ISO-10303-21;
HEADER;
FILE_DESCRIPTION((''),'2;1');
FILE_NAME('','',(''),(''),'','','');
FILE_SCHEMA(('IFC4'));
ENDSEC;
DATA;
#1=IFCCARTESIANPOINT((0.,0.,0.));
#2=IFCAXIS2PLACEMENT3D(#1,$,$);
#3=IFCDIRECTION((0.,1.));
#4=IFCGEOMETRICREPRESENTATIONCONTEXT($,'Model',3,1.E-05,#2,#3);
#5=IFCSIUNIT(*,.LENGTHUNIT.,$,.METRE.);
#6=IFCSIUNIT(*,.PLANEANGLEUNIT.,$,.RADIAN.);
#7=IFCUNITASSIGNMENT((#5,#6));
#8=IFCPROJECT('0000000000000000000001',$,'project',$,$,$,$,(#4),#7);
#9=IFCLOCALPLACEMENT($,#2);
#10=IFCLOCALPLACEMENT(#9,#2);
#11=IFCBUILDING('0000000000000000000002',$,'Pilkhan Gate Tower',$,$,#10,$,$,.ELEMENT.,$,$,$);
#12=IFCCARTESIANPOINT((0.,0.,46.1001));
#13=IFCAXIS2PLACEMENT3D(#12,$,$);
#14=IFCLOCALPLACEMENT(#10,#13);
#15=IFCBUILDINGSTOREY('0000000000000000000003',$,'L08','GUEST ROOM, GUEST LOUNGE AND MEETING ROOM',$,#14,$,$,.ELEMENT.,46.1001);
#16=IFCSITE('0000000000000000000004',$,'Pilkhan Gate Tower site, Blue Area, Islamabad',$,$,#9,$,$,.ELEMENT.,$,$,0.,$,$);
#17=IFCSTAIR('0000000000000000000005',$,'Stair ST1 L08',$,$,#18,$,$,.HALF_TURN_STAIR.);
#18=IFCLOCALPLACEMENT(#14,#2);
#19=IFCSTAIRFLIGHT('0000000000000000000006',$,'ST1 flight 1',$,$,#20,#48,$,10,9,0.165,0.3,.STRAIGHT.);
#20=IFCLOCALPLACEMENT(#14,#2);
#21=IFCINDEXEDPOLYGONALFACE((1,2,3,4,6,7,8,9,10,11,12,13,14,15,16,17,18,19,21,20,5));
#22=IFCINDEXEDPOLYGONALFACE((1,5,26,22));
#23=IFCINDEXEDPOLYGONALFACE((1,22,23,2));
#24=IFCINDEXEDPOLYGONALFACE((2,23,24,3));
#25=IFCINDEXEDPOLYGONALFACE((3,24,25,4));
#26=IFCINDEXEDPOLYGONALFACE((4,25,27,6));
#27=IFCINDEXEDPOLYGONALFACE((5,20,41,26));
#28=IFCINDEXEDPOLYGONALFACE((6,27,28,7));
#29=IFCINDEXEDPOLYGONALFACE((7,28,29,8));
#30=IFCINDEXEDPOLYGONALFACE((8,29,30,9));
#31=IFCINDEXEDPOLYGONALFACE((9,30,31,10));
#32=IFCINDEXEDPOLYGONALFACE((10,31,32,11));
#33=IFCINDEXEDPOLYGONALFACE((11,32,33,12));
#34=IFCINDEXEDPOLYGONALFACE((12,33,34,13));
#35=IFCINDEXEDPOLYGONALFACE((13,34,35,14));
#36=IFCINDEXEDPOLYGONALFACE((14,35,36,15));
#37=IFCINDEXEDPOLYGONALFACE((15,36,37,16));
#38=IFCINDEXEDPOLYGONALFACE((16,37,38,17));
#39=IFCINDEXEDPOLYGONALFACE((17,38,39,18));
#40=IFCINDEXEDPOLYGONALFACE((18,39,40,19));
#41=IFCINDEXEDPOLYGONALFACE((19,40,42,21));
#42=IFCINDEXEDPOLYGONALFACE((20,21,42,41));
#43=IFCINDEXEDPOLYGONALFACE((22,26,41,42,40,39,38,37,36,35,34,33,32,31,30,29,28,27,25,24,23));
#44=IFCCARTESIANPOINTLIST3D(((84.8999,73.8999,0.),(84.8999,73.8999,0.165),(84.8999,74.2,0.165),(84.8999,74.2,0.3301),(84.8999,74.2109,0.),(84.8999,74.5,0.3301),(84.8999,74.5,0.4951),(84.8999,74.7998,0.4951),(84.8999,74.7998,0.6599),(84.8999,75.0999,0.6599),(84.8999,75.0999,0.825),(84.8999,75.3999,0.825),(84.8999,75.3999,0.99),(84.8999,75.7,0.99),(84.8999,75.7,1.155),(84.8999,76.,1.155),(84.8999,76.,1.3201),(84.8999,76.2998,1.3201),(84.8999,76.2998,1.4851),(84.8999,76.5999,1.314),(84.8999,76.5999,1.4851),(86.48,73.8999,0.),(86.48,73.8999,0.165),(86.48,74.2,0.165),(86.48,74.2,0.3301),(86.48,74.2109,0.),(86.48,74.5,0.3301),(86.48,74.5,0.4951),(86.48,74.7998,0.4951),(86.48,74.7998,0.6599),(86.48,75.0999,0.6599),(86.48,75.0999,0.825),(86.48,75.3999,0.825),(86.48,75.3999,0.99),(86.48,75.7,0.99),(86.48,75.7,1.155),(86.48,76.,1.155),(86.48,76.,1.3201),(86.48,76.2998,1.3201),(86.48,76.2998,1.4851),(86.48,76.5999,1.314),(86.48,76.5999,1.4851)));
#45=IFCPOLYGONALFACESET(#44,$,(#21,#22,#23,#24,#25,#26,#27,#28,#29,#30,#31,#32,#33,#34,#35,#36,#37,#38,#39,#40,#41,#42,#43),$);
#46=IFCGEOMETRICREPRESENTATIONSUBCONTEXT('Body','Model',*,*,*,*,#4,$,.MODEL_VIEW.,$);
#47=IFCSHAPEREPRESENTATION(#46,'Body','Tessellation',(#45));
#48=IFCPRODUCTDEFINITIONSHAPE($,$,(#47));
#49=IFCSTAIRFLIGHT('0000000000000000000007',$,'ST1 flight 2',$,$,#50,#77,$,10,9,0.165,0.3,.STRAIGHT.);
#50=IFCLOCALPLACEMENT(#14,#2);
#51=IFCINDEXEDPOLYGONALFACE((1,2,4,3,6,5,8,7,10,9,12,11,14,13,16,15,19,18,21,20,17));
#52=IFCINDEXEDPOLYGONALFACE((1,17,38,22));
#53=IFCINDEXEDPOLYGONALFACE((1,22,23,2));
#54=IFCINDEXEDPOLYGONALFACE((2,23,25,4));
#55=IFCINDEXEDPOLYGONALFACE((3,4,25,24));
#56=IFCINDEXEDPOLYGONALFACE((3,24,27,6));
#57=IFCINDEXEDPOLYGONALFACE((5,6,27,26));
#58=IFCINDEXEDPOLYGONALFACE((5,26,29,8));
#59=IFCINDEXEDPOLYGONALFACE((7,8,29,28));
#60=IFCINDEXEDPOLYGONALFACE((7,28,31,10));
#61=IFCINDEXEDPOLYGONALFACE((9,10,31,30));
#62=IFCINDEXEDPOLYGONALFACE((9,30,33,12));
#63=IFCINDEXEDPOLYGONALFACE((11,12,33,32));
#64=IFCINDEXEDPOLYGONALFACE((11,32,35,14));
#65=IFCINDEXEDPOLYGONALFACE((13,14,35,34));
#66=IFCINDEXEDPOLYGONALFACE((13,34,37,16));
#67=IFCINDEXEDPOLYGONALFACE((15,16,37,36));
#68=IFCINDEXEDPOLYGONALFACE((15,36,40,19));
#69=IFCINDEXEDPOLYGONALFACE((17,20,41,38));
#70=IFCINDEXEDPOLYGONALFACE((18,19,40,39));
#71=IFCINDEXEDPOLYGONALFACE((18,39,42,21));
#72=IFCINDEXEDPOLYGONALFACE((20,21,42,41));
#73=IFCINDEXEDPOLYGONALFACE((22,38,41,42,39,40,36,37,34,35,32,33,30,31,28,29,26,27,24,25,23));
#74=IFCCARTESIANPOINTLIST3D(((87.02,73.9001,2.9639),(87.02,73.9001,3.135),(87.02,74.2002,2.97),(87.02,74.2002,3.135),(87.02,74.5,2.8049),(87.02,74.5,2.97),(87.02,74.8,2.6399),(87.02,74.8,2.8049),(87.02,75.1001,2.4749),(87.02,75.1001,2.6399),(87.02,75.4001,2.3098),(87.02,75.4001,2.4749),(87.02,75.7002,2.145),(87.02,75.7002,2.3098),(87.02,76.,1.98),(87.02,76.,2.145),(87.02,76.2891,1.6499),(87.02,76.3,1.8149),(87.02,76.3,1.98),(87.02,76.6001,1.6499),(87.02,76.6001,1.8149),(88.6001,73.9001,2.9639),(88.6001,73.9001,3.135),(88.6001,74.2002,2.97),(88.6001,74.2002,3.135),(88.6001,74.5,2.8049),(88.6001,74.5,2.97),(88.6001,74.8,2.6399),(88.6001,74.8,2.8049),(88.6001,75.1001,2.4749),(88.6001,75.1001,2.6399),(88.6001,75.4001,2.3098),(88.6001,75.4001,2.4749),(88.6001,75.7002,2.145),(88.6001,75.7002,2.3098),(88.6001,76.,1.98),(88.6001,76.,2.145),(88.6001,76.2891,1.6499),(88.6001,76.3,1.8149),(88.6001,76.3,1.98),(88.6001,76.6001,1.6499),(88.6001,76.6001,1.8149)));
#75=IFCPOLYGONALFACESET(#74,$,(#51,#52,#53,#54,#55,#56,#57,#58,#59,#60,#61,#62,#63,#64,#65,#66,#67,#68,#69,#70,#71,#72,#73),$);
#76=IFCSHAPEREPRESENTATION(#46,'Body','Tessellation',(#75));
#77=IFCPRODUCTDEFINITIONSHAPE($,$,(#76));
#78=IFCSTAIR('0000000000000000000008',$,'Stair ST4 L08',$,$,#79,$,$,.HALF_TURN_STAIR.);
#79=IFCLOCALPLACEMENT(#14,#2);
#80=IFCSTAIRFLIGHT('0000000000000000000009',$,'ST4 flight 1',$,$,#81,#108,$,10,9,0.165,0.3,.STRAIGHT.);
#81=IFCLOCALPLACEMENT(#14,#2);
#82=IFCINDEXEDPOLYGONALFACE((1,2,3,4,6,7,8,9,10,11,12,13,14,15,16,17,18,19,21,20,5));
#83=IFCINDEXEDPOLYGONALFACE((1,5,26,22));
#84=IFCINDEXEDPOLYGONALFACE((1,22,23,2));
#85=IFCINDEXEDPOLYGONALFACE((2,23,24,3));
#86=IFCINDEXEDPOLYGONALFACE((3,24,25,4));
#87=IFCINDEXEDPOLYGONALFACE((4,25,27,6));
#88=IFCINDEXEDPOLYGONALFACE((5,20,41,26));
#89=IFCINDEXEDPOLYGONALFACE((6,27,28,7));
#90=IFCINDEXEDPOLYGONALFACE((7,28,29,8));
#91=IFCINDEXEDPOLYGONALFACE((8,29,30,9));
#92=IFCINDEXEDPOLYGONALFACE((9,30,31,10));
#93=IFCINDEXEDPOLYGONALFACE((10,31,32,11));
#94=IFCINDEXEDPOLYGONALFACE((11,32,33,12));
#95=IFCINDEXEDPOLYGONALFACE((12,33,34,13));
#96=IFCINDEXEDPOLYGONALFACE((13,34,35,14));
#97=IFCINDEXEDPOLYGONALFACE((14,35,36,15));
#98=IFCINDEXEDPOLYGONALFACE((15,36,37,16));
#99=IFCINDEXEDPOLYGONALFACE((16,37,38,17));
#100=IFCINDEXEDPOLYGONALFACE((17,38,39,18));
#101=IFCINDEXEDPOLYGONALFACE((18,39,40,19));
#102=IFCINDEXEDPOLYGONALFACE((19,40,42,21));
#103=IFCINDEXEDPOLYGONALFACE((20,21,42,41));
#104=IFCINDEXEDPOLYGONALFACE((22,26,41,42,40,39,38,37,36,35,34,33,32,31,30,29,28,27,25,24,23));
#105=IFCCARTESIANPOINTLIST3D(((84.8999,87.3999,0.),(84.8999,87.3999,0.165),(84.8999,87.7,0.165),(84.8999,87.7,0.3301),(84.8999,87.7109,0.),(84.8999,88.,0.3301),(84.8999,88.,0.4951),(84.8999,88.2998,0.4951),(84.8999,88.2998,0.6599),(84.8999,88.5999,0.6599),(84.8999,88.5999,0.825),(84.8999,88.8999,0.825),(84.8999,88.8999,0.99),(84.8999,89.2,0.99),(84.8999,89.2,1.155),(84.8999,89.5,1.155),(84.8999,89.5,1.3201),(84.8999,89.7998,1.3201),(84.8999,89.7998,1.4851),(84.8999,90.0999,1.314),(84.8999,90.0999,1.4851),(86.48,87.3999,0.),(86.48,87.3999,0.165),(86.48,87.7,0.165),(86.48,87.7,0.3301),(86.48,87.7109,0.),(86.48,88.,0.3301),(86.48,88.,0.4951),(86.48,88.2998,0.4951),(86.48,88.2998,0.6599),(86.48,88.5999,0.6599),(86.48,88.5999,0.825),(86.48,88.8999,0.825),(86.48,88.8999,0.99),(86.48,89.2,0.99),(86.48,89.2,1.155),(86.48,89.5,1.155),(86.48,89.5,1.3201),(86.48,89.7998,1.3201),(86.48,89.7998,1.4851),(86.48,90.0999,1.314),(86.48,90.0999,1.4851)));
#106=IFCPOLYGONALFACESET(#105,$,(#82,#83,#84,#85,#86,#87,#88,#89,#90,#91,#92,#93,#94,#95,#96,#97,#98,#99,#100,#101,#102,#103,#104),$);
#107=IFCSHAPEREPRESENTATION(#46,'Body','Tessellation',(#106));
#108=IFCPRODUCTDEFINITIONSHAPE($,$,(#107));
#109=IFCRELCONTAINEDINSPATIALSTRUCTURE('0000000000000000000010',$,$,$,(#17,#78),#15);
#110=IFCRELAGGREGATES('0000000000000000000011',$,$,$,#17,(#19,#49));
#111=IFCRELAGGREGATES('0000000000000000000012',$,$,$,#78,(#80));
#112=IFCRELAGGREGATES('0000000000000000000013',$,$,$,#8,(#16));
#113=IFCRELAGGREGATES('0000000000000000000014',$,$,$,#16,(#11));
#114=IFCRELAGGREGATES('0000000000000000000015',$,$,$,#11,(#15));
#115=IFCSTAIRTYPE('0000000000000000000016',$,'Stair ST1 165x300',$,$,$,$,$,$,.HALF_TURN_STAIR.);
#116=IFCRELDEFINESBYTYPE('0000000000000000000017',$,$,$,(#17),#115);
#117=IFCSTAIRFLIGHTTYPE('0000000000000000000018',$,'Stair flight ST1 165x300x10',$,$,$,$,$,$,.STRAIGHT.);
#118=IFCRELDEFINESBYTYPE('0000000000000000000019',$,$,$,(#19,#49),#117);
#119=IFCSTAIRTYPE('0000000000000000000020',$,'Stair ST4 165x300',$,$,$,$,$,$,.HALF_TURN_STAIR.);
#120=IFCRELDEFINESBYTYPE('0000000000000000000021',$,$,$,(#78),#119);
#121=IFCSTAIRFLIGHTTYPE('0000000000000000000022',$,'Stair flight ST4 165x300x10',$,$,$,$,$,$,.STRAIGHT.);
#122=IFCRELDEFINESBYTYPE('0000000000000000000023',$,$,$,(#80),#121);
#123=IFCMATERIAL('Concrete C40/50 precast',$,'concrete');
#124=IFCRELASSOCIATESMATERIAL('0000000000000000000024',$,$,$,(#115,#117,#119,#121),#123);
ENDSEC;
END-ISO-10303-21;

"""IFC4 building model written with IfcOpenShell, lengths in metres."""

from ifc_helpers import new_model, si_unit, direction, frame, origin, place, context, subcontext, project, spatial, polyline, outline, extrude, material, type_object, element, aggregate, save


model = new_model("IFC4")

# Units and contexts
model_context = context("Model", 3, precision=1e-05, world=origin(), true_north=direction((0.0, 1.0)))
body_context = subcontext(model_context, "Body", "Model", "MODEL_VIEW")
ifc_project = project(units=[si_unit("LENGTHUNIT", "METRE"), si_unit("PLANEANGLEUNIT", "RADIAN")], contexts=[model_context])

# Site, building, storey
site_placement = place(None, origin())
site = spatial("IfcSite", under=ifc_project, at=site_placement, Name="Pilkhan Gate Tower site, Blue Area, Islamabad", CompositionType="ELEMENT", RefElevation=0.0)
building_placement = place(site_placement, origin())
building = spatial("IfcBuilding", under=site, at=building_placement, Name="Pilkhan Gate Tower", CompositionType="ELEMENT")
storey_placement = place(building_placement, frame((0.0, 0.0, 46.1001)))
storey = spatial("IfcBuildingStorey", under=building, at=storey_placement, Name="L08", Description="GUEST ROOM, GUEST LOUNGE AND MEETING ROOM", CompositionType="ELEMENT", Elevation=46.1001)

# Stair, stair flights
ifc_material_1 = material(Name="Concrete C40/50 precast", Category="concrete")
stair_type_1 = type_object("IfcStairType", Name="Stair ST1 165x300", PredefinedType="HALF_TURN_STAIR", material=ifc_material_1)
stair_1_placement = place(storey_placement, origin())
stair_1 = element("IfcStair", 1, at=stair_1_placement, inside=storey, type_object=stair_type_1, Name="Stair ST1 L08", PredefinedType="HALF_TURN_STAIR")
stair_flight_type_1 = type_object("IfcStairFlightType", Name="Stair flight ST1 165x300x10", PredefinedType="STRAIGHT", material=ifc_material_1)
stair_flight_1_placement = place(storey_placement, frame((85.6899, 73.8999, 0.0), z_axis=(0.0, 0.0, 1.0), x_axis=(0.0, 1.0, 0.0)))
stair_flight_1 = element("IfcStairFlight", 2, at=stair_flight_1_placement, type_object=stair_flight_type_1, Name="ST1 flight 1", NumberOfRisers=10, NumberOfTreads=9, PredefinedType="STRAIGHT", RiserHeight=0.165, TreadLength=0.3, context=body_context, shape_type="SweptSolid", body=[
    extrude(outline(polyline([(0.0, 0.0), (0.0, 0.165), (0.3, 0.165), (0.3, 0.3301), (0.6001, 0.3301), (0.6001, 0.4951), (0.8999, 0.4951), (0.8999, 0.6599), (1.2, 0.6599), (1.2, 0.825), (1.5, 0.825), (1.5, 0.99), (1.8, 0.99), (1.8, 1.155), (2.1001, 1.155), (2.1001, 1.3201), (2.3999, 1.3201), (2.3999, 1.4851), (2.7, 1.4851), (2.7, 1.6499), (2.7, 1.314), (0.311, 0.0), (0.0, 0.0)])), frame((0.0, 0.79, 0.0), z_axis=(0.0, -1.0, 0.0), x_axis=(1.0, 0.0, 0.0)), (0.0, 0.0, 1.0), 1.5801),
])
stair_flight_2_placement = place(storey_placement, frame((87.8101, 76.6001, 1.6499), z_axis=(0.0, 0.0, 1.0), x_axis=(0.0, -1.0, 0.0)))
stair_flight_2 = element("IfcStairFlight", 3, at=stair_flight_2_placement, type_object=stair_flight_type_1, Name="ST1 flight 2", NumberOfRisers=10, NumberOfTreads=9, PredefinedType="STRAIGHT", RiserHeight=0.165, TreadLength=0.3, context=body_context, shape_type="SweptSolid", body=[
    extrude(outline(polyline([(0.0, 0.0), (0.0, 0.165), (0.3, 0.165), (0.3, 0.3301), (0.6001, 0.3301), (0.6001, 0.4951), (0.8999, 0.4951), (0.8999, 0.6599), (1.2, 0.6599), (1.2, 0.825), (1.5, 0.825), (1.5, 0.99), (1.8, 0.99), (1.8, 1.155), (2.1001, 1.155), (2.1001, 1.3201), (2.3999, 1.3201), (2.3999, 1.4851), (2.7, 1.4851), (2.7, 1.6499), (2.7, 1.314), (0.311, 0.0), (0.0, 0.0)])), frame((0.0, 0.79, 0.0), z_axis=(0.0, -1.0, 0.0), x_axis=(1.0, 0.0, 0.0)), (0.0, 0.0, 1.0), 1.5801),
])
aggregate(stair_1, [stair_flight_1, stair_flight_2])

# Stair, stair flight
stair_type_2 = type_object("IfcStairType", Name="Stair ST4 165x300", PredefinedType="HALF_TURN_STAIR", material=ifc_material_1)
stair_2_placement = place(storey_placement, origin())
stair_2 = element("IfcStair", 4, at=stair_2_placement, inside=storey, type_object=stair_type_2, Name="Stair ST4 L08", PredefinedType="HALF_TURN_STAIR")
stair_flight_type_2 = type_object("IfcStairFlightType", Name="Stair flight ST4 165x300x10", PredefinedType="STRAIGHT", material=ifc_material_1)
stair_flight_3_placement = place(storey_placement, frame((85.6899, 87.3999, 0.0), z_axis=(0.0, 0.0, 1.0), x_axis=(0.0, 1.0, 0.0)))
stair_flight_3 = element("IfcStairFlight", 5, at=stair_flight_3_placement, type_object=stair_flight_type_2, Name="ST4 flight 1", NumberOfRisers=10, NumberOfTreads=9, PredefinedType="STRAIGHT", RiserHeight=0.165, TreadLength=0.3, context=body_context, shape_type="SweptSolid", body=[
    extrude(outline(polyline([(0.0, 0.0), (0.0, 0.165), (0.3, 0.165), (0.3, 0.3301), (0.6001, 0.3301), (0.6001, 0.4951), (0.8999, 0.4951), (0.8999, 0.6599), (1.2, 0.6599), (1.2, 0.825), (1.5, 0.825), (1.5, 0.99), (1.8, 0.99), (1.8, 1.155), (2.1001, 1.155), (2.1001, 1.3201), (2.3999, 1.3201), (2.3999, 1.4851), (2.7, 1.4851), (2.7, 1.6499), (2.7, 1.314), (0.311, 0.0), (0.0, 0.0)])), frame((0.0, 0.79, 0.0), z_axis=(0.0, -1.0, 0.0), x_axis=(1.0, 0.0, 0.0)), (0.0, 0.0, 1.0), 1.5801),
])
aggregate(stair_2, [stair_flight_3])

save(model, "model.ifc")
